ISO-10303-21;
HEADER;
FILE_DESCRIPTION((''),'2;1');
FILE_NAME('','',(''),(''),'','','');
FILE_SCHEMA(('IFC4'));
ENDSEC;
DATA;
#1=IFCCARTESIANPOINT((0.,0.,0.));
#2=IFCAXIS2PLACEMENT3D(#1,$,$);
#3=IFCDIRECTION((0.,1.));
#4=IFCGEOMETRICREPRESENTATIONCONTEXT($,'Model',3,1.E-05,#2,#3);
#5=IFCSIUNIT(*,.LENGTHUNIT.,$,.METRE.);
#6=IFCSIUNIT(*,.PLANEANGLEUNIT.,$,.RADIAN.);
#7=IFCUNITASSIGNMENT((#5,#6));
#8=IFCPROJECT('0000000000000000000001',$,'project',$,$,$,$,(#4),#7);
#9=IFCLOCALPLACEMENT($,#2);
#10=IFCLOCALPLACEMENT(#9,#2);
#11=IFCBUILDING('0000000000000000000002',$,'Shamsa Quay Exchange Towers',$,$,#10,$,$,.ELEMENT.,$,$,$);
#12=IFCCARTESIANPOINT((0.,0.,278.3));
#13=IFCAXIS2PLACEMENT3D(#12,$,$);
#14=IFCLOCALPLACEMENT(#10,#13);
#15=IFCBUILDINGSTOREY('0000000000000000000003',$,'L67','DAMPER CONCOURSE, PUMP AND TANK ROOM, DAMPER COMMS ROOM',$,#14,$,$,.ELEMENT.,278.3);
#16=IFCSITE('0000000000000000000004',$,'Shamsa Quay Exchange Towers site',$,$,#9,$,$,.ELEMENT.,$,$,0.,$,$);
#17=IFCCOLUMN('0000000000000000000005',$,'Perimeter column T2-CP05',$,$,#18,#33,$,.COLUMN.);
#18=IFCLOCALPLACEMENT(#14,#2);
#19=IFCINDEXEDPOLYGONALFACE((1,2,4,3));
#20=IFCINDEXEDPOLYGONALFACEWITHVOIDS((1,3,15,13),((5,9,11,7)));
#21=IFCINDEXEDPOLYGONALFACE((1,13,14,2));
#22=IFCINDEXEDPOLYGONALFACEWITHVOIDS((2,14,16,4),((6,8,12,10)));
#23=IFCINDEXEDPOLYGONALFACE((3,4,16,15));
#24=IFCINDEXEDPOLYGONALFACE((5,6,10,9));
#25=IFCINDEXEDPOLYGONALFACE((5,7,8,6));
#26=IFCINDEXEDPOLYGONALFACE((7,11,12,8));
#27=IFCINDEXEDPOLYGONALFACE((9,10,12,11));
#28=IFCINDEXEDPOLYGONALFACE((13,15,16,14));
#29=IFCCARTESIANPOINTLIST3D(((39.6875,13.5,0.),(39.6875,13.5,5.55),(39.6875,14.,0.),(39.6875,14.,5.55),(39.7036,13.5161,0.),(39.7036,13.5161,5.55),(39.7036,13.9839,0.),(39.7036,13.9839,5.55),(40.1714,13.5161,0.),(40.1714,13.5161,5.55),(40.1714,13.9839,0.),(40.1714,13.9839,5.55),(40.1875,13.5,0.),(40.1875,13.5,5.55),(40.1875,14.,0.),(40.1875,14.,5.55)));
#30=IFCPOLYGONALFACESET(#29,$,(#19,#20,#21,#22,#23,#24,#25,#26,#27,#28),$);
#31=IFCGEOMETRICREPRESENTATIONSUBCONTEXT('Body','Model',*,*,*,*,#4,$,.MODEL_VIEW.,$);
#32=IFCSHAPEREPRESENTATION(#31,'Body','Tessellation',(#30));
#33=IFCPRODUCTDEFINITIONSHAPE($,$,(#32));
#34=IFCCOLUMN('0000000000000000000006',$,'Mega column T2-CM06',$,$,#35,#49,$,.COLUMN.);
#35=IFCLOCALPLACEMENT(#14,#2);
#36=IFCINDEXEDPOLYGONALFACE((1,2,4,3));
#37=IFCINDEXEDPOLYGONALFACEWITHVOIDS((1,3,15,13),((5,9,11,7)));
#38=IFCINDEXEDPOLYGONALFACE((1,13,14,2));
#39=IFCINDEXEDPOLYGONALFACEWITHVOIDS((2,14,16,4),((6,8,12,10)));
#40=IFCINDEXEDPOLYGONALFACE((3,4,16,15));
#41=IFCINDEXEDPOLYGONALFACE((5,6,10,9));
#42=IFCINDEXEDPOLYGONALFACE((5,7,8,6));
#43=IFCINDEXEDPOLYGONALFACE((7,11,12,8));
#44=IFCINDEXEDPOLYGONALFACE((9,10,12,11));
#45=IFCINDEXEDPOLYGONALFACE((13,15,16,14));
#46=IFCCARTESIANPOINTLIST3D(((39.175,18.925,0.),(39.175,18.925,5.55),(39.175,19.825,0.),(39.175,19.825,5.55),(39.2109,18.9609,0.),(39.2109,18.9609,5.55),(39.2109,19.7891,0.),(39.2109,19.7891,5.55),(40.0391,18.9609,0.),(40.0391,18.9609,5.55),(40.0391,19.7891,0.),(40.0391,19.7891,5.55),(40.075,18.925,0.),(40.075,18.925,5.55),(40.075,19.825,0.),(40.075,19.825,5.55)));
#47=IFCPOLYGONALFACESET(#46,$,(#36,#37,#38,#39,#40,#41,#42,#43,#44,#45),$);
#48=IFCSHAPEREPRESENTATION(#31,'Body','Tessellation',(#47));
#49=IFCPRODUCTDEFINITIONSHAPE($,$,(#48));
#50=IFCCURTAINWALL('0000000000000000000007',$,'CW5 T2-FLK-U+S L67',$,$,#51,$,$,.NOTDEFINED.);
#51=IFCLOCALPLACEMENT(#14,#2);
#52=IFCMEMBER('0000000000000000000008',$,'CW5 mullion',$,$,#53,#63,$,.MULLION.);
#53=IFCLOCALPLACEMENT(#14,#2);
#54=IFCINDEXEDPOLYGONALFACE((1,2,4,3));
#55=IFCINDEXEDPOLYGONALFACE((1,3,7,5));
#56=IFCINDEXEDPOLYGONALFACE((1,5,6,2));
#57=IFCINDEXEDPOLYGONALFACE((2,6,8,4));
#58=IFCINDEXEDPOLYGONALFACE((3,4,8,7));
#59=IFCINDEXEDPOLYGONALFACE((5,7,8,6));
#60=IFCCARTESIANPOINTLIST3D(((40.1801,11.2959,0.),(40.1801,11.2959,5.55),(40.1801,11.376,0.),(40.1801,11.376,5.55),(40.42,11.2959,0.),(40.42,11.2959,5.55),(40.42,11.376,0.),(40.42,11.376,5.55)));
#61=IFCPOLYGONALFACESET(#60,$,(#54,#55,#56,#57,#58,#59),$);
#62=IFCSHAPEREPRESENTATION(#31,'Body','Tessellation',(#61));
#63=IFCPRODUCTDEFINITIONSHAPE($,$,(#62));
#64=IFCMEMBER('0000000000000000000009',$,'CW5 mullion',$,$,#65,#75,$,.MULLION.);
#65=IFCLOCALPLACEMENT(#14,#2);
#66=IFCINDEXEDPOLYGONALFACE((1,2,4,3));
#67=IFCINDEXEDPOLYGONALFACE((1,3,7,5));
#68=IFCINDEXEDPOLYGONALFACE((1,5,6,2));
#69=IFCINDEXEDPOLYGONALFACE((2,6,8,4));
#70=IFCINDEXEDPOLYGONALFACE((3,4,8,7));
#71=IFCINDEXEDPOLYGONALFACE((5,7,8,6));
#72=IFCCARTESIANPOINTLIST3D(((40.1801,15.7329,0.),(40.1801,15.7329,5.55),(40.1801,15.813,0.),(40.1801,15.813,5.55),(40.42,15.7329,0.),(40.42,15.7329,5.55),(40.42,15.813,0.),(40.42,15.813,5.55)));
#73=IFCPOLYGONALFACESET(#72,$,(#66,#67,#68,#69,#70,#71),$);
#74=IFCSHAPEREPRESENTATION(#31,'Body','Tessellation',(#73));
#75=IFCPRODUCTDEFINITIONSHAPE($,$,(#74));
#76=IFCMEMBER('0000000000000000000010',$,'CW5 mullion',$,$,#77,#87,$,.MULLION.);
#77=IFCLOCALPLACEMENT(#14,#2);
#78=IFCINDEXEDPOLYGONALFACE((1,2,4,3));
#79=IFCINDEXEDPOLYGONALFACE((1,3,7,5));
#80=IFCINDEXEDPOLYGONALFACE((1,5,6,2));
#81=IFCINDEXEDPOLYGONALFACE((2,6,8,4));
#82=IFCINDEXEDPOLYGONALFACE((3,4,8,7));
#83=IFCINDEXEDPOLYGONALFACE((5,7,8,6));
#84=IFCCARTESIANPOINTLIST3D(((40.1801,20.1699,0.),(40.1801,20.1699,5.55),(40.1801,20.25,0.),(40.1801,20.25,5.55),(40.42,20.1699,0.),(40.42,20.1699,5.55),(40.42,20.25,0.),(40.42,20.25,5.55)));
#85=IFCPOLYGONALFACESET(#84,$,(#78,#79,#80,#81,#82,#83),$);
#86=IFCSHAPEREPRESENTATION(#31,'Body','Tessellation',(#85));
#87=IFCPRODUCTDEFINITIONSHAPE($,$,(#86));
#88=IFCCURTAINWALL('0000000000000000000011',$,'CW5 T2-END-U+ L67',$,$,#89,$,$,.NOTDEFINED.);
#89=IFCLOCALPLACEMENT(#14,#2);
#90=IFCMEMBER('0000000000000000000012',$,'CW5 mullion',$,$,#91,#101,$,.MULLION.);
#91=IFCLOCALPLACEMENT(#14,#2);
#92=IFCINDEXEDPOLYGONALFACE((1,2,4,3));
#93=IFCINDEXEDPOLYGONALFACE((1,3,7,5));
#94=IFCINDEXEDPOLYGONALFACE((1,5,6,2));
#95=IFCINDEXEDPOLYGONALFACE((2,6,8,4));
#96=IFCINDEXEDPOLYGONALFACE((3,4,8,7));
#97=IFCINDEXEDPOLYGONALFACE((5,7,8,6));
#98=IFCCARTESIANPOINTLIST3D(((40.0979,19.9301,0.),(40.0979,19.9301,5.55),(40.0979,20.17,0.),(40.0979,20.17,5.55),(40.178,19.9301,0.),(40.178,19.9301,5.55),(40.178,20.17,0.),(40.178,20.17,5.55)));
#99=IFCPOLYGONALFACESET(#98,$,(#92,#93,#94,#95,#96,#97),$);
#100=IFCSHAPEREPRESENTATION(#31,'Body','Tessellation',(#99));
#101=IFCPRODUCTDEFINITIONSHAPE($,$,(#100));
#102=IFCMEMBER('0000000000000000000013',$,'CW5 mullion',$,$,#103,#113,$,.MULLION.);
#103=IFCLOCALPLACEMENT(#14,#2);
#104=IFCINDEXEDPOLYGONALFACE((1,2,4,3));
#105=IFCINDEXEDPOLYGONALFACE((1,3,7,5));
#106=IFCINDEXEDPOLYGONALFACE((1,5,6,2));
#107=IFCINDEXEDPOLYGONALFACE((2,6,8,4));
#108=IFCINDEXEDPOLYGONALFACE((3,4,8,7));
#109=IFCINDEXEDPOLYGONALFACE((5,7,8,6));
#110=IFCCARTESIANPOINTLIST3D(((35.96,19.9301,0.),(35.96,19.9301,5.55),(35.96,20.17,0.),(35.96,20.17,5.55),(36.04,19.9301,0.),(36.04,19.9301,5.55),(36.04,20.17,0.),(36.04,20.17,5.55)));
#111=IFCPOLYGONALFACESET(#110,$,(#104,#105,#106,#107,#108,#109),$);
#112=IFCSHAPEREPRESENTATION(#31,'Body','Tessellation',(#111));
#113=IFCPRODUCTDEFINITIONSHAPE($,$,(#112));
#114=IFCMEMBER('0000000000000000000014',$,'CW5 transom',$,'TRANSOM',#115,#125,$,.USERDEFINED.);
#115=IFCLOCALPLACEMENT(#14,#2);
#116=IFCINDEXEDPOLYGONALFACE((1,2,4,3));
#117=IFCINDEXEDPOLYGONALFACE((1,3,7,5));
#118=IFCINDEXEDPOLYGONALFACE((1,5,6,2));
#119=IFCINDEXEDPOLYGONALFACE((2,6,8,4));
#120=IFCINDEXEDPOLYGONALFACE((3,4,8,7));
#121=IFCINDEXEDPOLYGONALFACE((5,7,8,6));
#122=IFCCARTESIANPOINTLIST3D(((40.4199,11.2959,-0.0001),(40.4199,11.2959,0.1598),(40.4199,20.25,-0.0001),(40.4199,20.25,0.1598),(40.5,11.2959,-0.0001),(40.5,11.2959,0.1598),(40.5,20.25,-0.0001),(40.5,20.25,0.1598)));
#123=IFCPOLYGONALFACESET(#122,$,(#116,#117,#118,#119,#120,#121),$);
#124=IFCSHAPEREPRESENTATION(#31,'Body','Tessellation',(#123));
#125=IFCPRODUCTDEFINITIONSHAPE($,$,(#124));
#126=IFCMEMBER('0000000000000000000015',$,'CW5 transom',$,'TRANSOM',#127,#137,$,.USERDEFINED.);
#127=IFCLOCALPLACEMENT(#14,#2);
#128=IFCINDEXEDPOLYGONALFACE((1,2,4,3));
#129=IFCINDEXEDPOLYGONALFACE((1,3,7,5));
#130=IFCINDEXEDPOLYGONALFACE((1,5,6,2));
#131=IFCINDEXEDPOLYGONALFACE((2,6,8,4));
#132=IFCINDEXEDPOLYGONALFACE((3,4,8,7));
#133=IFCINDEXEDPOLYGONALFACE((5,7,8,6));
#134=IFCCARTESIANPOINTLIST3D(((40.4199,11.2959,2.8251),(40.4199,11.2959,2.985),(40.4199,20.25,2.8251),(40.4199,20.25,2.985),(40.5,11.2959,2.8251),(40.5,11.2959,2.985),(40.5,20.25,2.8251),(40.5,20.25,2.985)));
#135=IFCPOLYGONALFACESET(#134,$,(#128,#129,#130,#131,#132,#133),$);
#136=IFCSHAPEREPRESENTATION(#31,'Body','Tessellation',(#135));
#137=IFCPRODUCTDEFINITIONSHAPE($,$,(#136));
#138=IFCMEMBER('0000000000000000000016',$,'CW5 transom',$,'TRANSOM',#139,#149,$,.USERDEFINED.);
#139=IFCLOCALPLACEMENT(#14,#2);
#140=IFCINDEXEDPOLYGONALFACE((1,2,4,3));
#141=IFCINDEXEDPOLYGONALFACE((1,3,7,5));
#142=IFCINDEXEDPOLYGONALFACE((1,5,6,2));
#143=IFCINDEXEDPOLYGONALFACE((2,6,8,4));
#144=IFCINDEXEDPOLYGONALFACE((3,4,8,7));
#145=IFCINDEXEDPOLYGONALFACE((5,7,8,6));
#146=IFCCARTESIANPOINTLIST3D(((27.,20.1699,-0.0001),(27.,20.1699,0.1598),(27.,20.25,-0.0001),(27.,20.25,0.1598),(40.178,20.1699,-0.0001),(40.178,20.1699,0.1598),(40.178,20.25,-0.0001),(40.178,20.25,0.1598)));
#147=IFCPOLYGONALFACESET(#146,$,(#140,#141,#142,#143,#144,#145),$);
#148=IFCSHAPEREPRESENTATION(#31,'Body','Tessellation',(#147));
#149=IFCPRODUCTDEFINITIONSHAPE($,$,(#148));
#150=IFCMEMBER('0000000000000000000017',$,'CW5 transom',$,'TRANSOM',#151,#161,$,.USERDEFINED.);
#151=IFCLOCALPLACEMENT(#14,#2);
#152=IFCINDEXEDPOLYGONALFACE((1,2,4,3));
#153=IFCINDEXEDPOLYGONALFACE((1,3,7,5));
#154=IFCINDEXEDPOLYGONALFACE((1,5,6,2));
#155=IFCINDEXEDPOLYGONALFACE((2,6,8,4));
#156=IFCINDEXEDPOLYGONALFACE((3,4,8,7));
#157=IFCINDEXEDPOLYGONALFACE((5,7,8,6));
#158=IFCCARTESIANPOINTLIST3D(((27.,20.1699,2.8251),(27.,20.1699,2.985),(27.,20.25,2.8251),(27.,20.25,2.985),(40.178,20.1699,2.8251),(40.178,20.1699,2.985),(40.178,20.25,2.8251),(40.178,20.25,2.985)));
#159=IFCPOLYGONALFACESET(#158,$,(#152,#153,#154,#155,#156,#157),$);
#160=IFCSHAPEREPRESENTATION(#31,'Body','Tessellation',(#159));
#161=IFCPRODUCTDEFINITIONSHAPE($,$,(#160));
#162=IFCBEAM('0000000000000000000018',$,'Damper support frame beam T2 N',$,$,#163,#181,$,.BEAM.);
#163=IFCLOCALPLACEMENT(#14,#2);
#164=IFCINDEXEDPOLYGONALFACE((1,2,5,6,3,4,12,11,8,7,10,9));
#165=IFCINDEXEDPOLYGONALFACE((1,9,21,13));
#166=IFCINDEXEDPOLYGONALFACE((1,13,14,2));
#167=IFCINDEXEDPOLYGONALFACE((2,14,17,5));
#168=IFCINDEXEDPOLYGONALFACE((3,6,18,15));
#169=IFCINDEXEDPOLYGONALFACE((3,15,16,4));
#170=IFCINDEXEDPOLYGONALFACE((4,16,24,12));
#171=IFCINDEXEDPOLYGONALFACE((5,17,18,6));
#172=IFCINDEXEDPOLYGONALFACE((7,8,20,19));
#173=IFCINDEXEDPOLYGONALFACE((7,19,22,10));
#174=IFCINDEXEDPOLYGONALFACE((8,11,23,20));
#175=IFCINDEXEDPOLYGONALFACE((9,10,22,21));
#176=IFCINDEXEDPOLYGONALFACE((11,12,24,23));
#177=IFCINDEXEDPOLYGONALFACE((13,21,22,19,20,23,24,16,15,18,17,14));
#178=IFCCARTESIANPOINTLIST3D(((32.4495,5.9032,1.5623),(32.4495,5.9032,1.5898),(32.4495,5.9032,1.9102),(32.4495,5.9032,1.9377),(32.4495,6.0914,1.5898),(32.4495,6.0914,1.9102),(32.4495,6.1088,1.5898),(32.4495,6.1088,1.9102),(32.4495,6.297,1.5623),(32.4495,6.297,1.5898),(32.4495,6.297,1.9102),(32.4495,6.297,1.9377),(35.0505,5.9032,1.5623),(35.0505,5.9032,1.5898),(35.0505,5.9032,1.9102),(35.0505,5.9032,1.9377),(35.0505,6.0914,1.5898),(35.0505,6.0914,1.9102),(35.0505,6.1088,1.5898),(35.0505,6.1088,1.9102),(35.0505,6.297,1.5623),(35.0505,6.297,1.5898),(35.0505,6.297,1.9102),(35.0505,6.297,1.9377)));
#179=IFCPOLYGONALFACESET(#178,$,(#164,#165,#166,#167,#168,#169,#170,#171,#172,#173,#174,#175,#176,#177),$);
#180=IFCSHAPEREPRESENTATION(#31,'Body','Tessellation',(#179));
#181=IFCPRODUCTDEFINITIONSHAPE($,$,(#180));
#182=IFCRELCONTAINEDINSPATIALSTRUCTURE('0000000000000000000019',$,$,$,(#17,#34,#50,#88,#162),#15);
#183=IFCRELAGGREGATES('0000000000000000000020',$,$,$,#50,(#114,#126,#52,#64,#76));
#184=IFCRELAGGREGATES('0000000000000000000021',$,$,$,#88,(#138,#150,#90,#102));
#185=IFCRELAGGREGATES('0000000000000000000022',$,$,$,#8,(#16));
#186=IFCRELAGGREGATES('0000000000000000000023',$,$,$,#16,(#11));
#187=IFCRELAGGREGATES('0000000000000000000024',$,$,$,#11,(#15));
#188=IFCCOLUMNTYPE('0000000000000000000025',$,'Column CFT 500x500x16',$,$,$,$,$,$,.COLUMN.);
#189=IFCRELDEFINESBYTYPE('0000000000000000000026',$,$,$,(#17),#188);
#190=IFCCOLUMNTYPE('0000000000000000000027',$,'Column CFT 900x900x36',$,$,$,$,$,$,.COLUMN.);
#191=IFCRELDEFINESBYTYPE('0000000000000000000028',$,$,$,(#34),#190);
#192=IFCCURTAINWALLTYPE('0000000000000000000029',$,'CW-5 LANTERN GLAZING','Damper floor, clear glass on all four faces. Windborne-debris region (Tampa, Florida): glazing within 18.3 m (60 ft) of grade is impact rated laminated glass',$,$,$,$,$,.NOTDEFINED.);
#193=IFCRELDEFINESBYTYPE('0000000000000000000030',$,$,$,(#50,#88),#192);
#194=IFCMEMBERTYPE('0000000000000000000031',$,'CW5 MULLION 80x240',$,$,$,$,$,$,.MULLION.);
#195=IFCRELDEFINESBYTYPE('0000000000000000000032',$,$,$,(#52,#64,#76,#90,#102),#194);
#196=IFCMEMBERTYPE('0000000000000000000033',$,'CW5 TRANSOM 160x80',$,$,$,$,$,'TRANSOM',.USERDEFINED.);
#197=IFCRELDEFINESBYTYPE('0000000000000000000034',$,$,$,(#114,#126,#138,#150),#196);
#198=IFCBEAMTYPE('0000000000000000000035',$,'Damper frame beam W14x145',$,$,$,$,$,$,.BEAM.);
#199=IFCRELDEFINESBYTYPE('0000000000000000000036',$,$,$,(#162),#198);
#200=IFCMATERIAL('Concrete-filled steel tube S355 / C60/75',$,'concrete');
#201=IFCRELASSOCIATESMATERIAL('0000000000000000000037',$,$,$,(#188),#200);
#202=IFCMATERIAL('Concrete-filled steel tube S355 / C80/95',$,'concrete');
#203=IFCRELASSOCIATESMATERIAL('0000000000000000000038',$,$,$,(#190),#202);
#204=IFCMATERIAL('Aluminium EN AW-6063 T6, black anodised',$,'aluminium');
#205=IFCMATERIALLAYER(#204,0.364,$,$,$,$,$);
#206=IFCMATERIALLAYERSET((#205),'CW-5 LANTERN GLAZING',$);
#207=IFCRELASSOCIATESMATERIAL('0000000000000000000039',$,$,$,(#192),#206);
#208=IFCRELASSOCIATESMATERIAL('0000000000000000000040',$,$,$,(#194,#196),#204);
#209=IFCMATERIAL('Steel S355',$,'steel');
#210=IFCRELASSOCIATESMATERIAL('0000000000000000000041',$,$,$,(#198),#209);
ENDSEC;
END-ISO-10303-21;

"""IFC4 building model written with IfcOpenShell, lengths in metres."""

from ifc_helpers import new_model, si_unit, direction, frame, origin, origin_2d, place, context, subcontext, project, spatial, rectangle, hollow_rectangle, i_section, extrude, material, layer, layer_set, material_profile, profile_set, type_object, element, aggregate, save


model = new_model("IFC4")

# Units and contexts
model_context = context("Model", 3, precision=1e-05, world=origin(), true_north=direction((0.0, 1.0)))
body_context = subcontext(model_context, "Body", "Model", "MODEL_VIEW")
ifc_project = project(units=[si_unit("LENGTHUNIT", "METRE"), si_unit("PLANEANGLEUNIT", "RADIAN")], contexts=[model_context])

# Site, building, storey
site_placement = place(None, origin())
site = spatial("IfcSite", under=ifc_project, at=site_placement, Name="Shamsa Quay Exchange Towers site", CompositionType="ELEMENT", RefElevation=0.0)
building_placement = place(site_placement, origin())
building = spatial("IfcBuilding", under=site, at=building_placement, Name="Shamsa Quay Exchange Towers", CompositionType="ELEMENT")
storey_placement = place(building_placement, frame((0.0, 0.0, 278.3)))
storey = spatial("IfcBuildingStorey", under=building, at=storey_placement, Name="L67", Description="DAMPER CONCOURSE, PUMP AND TANK ROOM, DAMPER COMMS ROOM", CompositionType="ELEMENT", Elevation=278.3)

# Columns
ifc_material_1 = material(Name="Concrete-filled steel tube S355 / C60/75", Category="concrete")
ifc_material_profile_1 = material_profile(ifc_material_1, hollow_rectangle(XDim=0.5, YDim=0.5, WallThickness=0.0161, at=origin_2d()), Name="CFT 500x500x16")
ifc_profile_set_1 = profile_set([ifc_material_profile_1], Name="Concrete-filled steel tube S355 / C60/75")
column_type_1 = type_object("IfcColumnType", Name="Column CFT 500x500x16", PredefinedType="COLUMN", material=ifc_profile_set_1)
column_1_placement = place(storey_placement, frame((39.9375, 13.75, 0.0)))
element("IfcColumn", 1, at=column_1_placement, inside=storey, type_object=column_type_1, Name="Perimeter column T2-CP05", PredefinedType="COLUMN", context=body_context, shape_type="SweptSolid", body=[
    extrude(hollow_rectangle(XDim=0.5, YDim=0.5, WallThickness=0.0161, at=origin_2d()), origin(), (0.0, 0.0, 1.0), 5.55),
])
ifc_material_2 = material(Name="Concrete-filled steel tube S355 / C80/95", Category="concrete")
ifc_material_profile_2 = material_profile(ifc_material_2, hollow_rectangle(XDim=0.8999, YDim=0.8999, WallThickness=0.0359, at=origin_2d()), Name="CFT 900x900x36")
ifc_profile_set_2 = profile_set([ifc_material_profile_2], Name="Concrete-filled steel tube S355 / C80/95")
column_type_2 = type_object("IfcColumnType", Name="Column CFT 900x900x36", PredefinedType="COLUMN", material=ifc_profile_set_2)
column_2_placement = place(storey_placement, frame((39.625, 19.375, 0.0)))
element("IfcColumn", 2, at=column_2_placement, inside=storey, type_object=column_type_2, Name="Mega column T2-CM06", PredefinedType="COLUMN", context=body_context, shape_type="SweptSolid", body=[
    extrude(hollow_rectangle(XDim=0.8999, YDim=0.8999, WallThickness=0.0359, at=origin_2d()), origin(), (0.0, 0.0, 1.0), 5.55),
])

# Curtain walls, members
ifc_material_3 = material(Name="Aluminium EN AW-6063 T6, black anodised", Category="aluminium")
ifc_layer_1 = layer(ifc_material_3, 0.364)
ifc_layer_set_1 = layer_set([ifc_layer_1], Name="CW-5 LANTERN GLAZING")
curtain_wall_type = type_object("IfcCurtainWallType", Name="CW-5 LANTERN GLAZING", Description="Damper floor, clear glass on all four faces. Windborne-debris region (Tampa, Florida): glazing within 18.3 m (60 ft) of grade is impact rated laminated glass", PredefinedType="NOTDEFINED", material=ifc_layer_set_1)
curtain_wall_1_placement = place(storey_placement, origin())
curtain_wall_1 = element("IfcCurtainWall", 3, at=curtain_wall_1_placement, inside=storey, type_object=curtain_wall_type, Name="CW5 T2-FLK-U+S L67", PredefinedType="NOTDEFINED")
ifc_material_profile_3 = material_profile(ifc_material_3, rectangle(XDim=0.24, YDim=0.0801, at=origin_2d()), Name="MU80x240")
ifc_profile_set_3 = profile_set([ifc_material_profile_3], Name="Aluminium EN AW-6063 T6, black anodised")
member_type_1 = type_object("IfcMemberType", Name="CW5 MULLION 80x240", PredefinedType="MULLION", material=ifc_profile_set_3)
member_1_placement = place(storey_placement, frame((40.3, 11.3359, 0.0), z_axis=(0.0, 0.0, 1.0), x_axis=(-1.0, 0.0, 0.0)))
member_1 = element("IfcMember", 4, at=member_1_placement, type_object=member_type_1, Name="CW5 mullion", PredefinedType="MULLION", context=body_context, shape_type="SweptSolid", body=[
    extrude(rectangle(XDim=0.24, YDim=0.0801, at=origin_2d()), origin(), (0.0, 0.0, 1.0), 5.55),
])
member_2_placement = place(storey_placement, frame((40.3, 15.7729, 0.0), z_axis=(0.0, 0.0, 1.0), x_axis=(-1.0, 0.0, 0.0)))
member_2 = element("IfcMember", 5, at=member_2_placement, type_object=member_type_1, Name="CW5 mullion", PredefinedType="MULLION", context=body_context, shape_type="SweptSolid", body=[
    extrude(rectangle(XDim=0.24, YDim=0.0801, at=origin_2d()), origin(), (0.0, 0.0, 1.0), 5.55),
])
member_3_placement = place(storey_placement, frame((40.3, 20.21, 0.0), z_axis=(0.0, 0.0, 1.0), x_axis=(-1.0, 0.0, 0.0)))
member_3 = element("IfcMember", 6, at=member_3_placement, type_object=member_type_1, Name="CW5 mullion", PredefinedType="MULLION", context=body_context, shape_type="SweptSolid", body=[
    extrude(rectangle(XDim=0.24, YDim=0.0801, at=origin_2d()), origin(), (0.0, 0.0, 1.0), 5.55),
])
curtain_wall_2_placement = place(storey_placement, origin())
curtain_wall_2 = element("IfcCurtainWall", 7, at=curtain_wall_2_placement, inside=storey, type_object=curtain_wall_type, Name="CW5 T2-END-U+ L67", PredefinedType="NOTDEFINED")
member_4_placement = place(storey_placement, frame((40.1379, 20.05, 0.0), z_axis=(0.0, 0.0, 1.0), x_axis=(0.0, -1.0, 0.0)))
member_4 = element("IfcMember", 8, at=member_4_placement, type_object=member_type_1, Name="CW5 mullion", PredefinedType="MULLION", context=body_context, shape_type="SweptSolid", body=[
    extrude(rectangle(XDim=0.24, YDim=0.0801, at=origin_2d()), origin(), (0.0, 0.0, 1.0), 5.55),
])
member_5_placement = place(storey_placement, frame((36.0, 20.05, 0.0), z_axis=(0.0, 0.0, 1.0), x_axis=(0.0, -1.0, 0.0)))
member_5 = element("IfcMember", 9, at=member_5_placement, type_object=member_type_1, Name="CW5 mullion", PredefinedType="MULLION", context=body_context, shape_type="SweptSolid", body=[
    extrude(rectangle(XDim=0.24, YDim=0.0801, at=origin_2d()), origin(), (0.0, 0.0, 1.0), 5.55),
])

# Members
ifc_material_profile_4 = material_profile(ifc_material_3, rectangle(XDim=0.0801, YDim=0.1599, at=origin_2d()), Name="TR160x80")
ifc_profile_set_4 = profile_set([ifc_material_profile_4], Name="Aluminium EN AW-6063 T6, black anodised")
member_type_2 = type_object("IfcMemberType", Name="CW5 TRANSOM 160x80", ElementType="TRANSOM", PredefinedType="USERDEFINED", material=ifc_profile_set_4)
member_6_placement = place(storey_placement, frame((40.46, 11.2959, 0.0798), z_axis=(0.0, 1.0, 0.0), x_axis=(-1.0, 0.0, 0.0)))
member_6 = element("IfcMember", 10, at=member_6_placement, type_object=member_type_2, Name="CW5 transom", ObjectType="TRANSOM", PredefinedType="USERDEFINED", context=body_context, shape_type="SweptSolid", body=[
    extrude(rectangle(XDim=0.0801, YDim=0.1599, at=origin_2d()), origin(), (0.0, 0.0, 1.0), 8.9541),
])
member_7_placement = place(storey_placement, frame((40.46, 11.2959, 2.905), z_axis=(0.0, 1.0, 0.0), x_axis=(-1.0, 0.0, 0.0)))
member_7 = element("IfcMember", 11, at=member_7_placement, type_object=member_type_2, Name="CW5 transom", ObjectType="TRANSOM", PredefinedType="USERDEFINED", context=body_context, shape_type="SweptSolid", body=[
    extrude(rectangle(XDim=0.0801, YDim=0.1599, at=origin_2d()), origin(), (0.0, 0.0, 1.0), 8.9541),
])
member_8_placement = place(storey_placement, frame((40.178, 20.21, 0.0798), z_axis=(-1.0, 0.0, 0.0), x_axis=(0.0, -1.0, 0.0)))
member_8 = element("IfcMember", 12, at=member_8_placement, type_object=member_type_2, Name="CW5 transom", ObjectType="TRANSOM", PredefinedType="USERDEFINED", context=body_context, shape_type="SweptSolid", body=[
    extrude(rectangle(XDim=0.0801, YDim=0.1599, at=origin_2d()), origin(), (0.0, 0.0, 1.0), 13.178),
])
member_9_placement = place(storey_placement, frame((40.178, 20.21, 2.905), z_axis=(-1.0, 0.0, 0.0), x_axis=(0.0, -1.0, 0.0)))
member_9 = element("IfcMember", 13, at=member_9_placement, type_object=member_type_2, Name="CW5 transom", ObjectType="TRANSOM", PredefinedType="USERDEFINED", context=body_context, shape_type="SweptSolid", body=[
    extrude(rectangle(XDim=0.0801, YDim=0.1599, at=origin_2d()), origin(), (0.0, 0.0, 1.0), 13.178),
])

# Beam
ifc_material_4 = material(Name="Steel S355", Category="steel")
ifc_material_profile_5 = material_profile(ifc_material_4, i_section(OverallWidth=0.3938, OverallDepth=0.3755, WebThickness=0.0173, FlangeThickness=0.0276, at=origin_2d()), Name="W14x145")
ifc_profile_set_5 = profile_set([ifc_material_profile_5], Name="Steel S355")
beam_type = type_object("IfcBeamType", Name="Damper frame beam W14x145", PredefinedType="BEAM", material=ifc_profile_set_5)
for number, where, z_axis, x_axis, name in (
    (14, (32.4495, 6.1001, 1.75), (1.0, 0.0, 0.0), (0.0, 1.0, 0.0), "Damper support frame beam T2 N"),
):
    element("IfcBeam", number, at=place(storey_placement, frame(where, z_axis=z_axis, x_axis=x_axis)), inside=storey, type_object=beam_type, Name=name, PredefinedType="BEAM", context=body_context, shape_type="SweptSolid", body=[
        extrude(i_section(OverallWidth=0.3938, OverallDepth=0.3755, WebThickness=0.0173, FlangeThickness=0.0276, at=origin_2d()), origin(), (0.0, 0.0, 1.0), 2.6011),
    ])

aggregate(curtain_wall_1, [member_6, member_7, member_1, member_2, member_3])
aggregate(curtain_wall_2, [member_8, member_9, member_4, member_5])

save(model, "model.ifc")
